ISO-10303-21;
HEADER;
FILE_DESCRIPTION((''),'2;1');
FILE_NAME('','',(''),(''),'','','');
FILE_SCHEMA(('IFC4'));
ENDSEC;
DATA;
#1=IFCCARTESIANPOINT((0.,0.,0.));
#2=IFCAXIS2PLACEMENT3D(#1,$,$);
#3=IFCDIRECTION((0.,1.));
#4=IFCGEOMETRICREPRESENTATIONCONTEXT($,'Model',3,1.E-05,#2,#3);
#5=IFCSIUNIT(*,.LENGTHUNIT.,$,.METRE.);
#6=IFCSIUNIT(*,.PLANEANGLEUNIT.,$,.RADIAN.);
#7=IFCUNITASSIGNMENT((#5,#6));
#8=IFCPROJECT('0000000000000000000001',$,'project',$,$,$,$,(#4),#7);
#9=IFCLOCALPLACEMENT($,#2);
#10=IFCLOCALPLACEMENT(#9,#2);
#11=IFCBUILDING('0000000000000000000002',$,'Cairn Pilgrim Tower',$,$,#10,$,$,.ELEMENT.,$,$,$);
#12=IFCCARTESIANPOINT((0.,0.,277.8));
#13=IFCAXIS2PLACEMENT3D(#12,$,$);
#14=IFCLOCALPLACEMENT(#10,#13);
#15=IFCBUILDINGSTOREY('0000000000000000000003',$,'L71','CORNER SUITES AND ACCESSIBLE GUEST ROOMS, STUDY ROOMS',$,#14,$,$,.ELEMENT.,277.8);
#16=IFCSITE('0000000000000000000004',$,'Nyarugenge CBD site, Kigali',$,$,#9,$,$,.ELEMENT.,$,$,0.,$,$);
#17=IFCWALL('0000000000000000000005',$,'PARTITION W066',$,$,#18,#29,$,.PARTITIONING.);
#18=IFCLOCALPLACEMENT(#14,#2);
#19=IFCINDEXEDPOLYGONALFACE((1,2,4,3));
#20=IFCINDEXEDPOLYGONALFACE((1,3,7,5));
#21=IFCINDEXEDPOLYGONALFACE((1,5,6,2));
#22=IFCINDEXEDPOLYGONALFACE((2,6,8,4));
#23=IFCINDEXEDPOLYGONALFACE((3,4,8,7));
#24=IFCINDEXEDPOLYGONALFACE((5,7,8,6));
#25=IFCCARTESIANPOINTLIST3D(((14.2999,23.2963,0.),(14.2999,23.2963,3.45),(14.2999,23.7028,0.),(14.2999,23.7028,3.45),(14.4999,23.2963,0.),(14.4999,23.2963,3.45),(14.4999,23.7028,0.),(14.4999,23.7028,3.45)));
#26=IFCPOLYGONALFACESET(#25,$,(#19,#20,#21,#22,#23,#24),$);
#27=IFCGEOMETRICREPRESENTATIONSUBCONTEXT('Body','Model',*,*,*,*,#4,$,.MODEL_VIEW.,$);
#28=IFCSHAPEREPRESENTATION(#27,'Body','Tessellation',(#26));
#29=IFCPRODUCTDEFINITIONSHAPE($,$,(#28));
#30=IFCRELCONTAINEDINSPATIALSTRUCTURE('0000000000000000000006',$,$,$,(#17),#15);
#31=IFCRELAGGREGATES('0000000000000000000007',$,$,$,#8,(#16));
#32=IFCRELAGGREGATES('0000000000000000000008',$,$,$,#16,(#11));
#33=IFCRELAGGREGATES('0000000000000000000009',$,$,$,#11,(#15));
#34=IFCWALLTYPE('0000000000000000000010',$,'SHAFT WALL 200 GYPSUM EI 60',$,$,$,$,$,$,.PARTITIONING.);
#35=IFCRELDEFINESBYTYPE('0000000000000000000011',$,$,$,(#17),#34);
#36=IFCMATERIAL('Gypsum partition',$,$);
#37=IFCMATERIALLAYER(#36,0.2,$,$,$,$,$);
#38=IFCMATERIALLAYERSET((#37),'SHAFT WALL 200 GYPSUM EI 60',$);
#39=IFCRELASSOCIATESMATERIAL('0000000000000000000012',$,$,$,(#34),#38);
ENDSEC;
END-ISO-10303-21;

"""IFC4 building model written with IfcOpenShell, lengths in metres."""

from ifc_helpers import new_model, si_unit, direction, frame, frame_2d, origin, place, context, subcontext, project, spatial, rectangle, extrude, material, layer, layer_set, type_object, element, save


model = new_model("IFC4")

# Units and contexts
model_context = context("Model", 3, precision=1e-05, world=origin(), true_north=direction((0.0, 1.0)))
body_context = subcontext(model_context, "Body", "Model", "MODEL_VIEW")
ifc_project = project(units=[si_unit("LENGTHUNIT", "METRE"), si_unit("PLANEANGLEUNIT", "RADIAN")], contexts=[model_context])

# Site, building, storey
site_placement = place(None, origin())
site = spatial("IfcSite", under=ifc_project, at=site_placement, Name="Nyarugenge CBD site, Kigali", CompositionType="ELEMENT", RefElevation=0.0)
building_placement = place(site_placement, origin())
building = spatial("IfcBuilding", under=site, at=building_placement, Name="Cairn Pilgrim Tower", CompositionType="ELEMENT")
storey_placement = place(building_placement, frame((0.0, 0.0, 277.8)))
storey = spatial("IfcBuildingStorey", under=building, at=storey_placement, Name="L71", Description="CORNER SUITES AND ACCESSIBLE GUEST ROOMS, STUDY ROOMS", CompositionType="ELEMENT", Elevation=277.8)

# Shared definitions
ifc_material_1 = material(Name="Gypsum partition")

# Wall
ifc_layer_1 = layer(ifc_material_1, 0.2)
ifc_layer_set_1 = layer_set([ifc_layer_1], Name="SHAFT WALL 200 GYPSUM EI 60")
wall_type_1 = type_object("IfcWallType", Name="SHAFT WALL 200 GYPSUM EI 60", PredefinedType="PARTITIONING", material=ifc_layer_set_1)
wall_1_placement = place(storey_placement, frame((14.3999, 23.2964, 0.0), z_axis=(0.0, 0.0, 1.0), x_axis=(0.0, 1.0, 0.0)))
element("IfcWall", 1, at=wall_1_placement, inside=storey, type_object=wall_type_1, Name="PARTITION W066", PredefinedType="PARTITIONING", context=body_context, shape_type="SweptSolid", body=[
    extrude(rectangle(XDim=0.4065, YDim=0.2, at=frame_2d((0.2031, 0.0))), origin(), (0.0, 0.0, 1.0), 3.45),
])

save(model, "model.ifc")
